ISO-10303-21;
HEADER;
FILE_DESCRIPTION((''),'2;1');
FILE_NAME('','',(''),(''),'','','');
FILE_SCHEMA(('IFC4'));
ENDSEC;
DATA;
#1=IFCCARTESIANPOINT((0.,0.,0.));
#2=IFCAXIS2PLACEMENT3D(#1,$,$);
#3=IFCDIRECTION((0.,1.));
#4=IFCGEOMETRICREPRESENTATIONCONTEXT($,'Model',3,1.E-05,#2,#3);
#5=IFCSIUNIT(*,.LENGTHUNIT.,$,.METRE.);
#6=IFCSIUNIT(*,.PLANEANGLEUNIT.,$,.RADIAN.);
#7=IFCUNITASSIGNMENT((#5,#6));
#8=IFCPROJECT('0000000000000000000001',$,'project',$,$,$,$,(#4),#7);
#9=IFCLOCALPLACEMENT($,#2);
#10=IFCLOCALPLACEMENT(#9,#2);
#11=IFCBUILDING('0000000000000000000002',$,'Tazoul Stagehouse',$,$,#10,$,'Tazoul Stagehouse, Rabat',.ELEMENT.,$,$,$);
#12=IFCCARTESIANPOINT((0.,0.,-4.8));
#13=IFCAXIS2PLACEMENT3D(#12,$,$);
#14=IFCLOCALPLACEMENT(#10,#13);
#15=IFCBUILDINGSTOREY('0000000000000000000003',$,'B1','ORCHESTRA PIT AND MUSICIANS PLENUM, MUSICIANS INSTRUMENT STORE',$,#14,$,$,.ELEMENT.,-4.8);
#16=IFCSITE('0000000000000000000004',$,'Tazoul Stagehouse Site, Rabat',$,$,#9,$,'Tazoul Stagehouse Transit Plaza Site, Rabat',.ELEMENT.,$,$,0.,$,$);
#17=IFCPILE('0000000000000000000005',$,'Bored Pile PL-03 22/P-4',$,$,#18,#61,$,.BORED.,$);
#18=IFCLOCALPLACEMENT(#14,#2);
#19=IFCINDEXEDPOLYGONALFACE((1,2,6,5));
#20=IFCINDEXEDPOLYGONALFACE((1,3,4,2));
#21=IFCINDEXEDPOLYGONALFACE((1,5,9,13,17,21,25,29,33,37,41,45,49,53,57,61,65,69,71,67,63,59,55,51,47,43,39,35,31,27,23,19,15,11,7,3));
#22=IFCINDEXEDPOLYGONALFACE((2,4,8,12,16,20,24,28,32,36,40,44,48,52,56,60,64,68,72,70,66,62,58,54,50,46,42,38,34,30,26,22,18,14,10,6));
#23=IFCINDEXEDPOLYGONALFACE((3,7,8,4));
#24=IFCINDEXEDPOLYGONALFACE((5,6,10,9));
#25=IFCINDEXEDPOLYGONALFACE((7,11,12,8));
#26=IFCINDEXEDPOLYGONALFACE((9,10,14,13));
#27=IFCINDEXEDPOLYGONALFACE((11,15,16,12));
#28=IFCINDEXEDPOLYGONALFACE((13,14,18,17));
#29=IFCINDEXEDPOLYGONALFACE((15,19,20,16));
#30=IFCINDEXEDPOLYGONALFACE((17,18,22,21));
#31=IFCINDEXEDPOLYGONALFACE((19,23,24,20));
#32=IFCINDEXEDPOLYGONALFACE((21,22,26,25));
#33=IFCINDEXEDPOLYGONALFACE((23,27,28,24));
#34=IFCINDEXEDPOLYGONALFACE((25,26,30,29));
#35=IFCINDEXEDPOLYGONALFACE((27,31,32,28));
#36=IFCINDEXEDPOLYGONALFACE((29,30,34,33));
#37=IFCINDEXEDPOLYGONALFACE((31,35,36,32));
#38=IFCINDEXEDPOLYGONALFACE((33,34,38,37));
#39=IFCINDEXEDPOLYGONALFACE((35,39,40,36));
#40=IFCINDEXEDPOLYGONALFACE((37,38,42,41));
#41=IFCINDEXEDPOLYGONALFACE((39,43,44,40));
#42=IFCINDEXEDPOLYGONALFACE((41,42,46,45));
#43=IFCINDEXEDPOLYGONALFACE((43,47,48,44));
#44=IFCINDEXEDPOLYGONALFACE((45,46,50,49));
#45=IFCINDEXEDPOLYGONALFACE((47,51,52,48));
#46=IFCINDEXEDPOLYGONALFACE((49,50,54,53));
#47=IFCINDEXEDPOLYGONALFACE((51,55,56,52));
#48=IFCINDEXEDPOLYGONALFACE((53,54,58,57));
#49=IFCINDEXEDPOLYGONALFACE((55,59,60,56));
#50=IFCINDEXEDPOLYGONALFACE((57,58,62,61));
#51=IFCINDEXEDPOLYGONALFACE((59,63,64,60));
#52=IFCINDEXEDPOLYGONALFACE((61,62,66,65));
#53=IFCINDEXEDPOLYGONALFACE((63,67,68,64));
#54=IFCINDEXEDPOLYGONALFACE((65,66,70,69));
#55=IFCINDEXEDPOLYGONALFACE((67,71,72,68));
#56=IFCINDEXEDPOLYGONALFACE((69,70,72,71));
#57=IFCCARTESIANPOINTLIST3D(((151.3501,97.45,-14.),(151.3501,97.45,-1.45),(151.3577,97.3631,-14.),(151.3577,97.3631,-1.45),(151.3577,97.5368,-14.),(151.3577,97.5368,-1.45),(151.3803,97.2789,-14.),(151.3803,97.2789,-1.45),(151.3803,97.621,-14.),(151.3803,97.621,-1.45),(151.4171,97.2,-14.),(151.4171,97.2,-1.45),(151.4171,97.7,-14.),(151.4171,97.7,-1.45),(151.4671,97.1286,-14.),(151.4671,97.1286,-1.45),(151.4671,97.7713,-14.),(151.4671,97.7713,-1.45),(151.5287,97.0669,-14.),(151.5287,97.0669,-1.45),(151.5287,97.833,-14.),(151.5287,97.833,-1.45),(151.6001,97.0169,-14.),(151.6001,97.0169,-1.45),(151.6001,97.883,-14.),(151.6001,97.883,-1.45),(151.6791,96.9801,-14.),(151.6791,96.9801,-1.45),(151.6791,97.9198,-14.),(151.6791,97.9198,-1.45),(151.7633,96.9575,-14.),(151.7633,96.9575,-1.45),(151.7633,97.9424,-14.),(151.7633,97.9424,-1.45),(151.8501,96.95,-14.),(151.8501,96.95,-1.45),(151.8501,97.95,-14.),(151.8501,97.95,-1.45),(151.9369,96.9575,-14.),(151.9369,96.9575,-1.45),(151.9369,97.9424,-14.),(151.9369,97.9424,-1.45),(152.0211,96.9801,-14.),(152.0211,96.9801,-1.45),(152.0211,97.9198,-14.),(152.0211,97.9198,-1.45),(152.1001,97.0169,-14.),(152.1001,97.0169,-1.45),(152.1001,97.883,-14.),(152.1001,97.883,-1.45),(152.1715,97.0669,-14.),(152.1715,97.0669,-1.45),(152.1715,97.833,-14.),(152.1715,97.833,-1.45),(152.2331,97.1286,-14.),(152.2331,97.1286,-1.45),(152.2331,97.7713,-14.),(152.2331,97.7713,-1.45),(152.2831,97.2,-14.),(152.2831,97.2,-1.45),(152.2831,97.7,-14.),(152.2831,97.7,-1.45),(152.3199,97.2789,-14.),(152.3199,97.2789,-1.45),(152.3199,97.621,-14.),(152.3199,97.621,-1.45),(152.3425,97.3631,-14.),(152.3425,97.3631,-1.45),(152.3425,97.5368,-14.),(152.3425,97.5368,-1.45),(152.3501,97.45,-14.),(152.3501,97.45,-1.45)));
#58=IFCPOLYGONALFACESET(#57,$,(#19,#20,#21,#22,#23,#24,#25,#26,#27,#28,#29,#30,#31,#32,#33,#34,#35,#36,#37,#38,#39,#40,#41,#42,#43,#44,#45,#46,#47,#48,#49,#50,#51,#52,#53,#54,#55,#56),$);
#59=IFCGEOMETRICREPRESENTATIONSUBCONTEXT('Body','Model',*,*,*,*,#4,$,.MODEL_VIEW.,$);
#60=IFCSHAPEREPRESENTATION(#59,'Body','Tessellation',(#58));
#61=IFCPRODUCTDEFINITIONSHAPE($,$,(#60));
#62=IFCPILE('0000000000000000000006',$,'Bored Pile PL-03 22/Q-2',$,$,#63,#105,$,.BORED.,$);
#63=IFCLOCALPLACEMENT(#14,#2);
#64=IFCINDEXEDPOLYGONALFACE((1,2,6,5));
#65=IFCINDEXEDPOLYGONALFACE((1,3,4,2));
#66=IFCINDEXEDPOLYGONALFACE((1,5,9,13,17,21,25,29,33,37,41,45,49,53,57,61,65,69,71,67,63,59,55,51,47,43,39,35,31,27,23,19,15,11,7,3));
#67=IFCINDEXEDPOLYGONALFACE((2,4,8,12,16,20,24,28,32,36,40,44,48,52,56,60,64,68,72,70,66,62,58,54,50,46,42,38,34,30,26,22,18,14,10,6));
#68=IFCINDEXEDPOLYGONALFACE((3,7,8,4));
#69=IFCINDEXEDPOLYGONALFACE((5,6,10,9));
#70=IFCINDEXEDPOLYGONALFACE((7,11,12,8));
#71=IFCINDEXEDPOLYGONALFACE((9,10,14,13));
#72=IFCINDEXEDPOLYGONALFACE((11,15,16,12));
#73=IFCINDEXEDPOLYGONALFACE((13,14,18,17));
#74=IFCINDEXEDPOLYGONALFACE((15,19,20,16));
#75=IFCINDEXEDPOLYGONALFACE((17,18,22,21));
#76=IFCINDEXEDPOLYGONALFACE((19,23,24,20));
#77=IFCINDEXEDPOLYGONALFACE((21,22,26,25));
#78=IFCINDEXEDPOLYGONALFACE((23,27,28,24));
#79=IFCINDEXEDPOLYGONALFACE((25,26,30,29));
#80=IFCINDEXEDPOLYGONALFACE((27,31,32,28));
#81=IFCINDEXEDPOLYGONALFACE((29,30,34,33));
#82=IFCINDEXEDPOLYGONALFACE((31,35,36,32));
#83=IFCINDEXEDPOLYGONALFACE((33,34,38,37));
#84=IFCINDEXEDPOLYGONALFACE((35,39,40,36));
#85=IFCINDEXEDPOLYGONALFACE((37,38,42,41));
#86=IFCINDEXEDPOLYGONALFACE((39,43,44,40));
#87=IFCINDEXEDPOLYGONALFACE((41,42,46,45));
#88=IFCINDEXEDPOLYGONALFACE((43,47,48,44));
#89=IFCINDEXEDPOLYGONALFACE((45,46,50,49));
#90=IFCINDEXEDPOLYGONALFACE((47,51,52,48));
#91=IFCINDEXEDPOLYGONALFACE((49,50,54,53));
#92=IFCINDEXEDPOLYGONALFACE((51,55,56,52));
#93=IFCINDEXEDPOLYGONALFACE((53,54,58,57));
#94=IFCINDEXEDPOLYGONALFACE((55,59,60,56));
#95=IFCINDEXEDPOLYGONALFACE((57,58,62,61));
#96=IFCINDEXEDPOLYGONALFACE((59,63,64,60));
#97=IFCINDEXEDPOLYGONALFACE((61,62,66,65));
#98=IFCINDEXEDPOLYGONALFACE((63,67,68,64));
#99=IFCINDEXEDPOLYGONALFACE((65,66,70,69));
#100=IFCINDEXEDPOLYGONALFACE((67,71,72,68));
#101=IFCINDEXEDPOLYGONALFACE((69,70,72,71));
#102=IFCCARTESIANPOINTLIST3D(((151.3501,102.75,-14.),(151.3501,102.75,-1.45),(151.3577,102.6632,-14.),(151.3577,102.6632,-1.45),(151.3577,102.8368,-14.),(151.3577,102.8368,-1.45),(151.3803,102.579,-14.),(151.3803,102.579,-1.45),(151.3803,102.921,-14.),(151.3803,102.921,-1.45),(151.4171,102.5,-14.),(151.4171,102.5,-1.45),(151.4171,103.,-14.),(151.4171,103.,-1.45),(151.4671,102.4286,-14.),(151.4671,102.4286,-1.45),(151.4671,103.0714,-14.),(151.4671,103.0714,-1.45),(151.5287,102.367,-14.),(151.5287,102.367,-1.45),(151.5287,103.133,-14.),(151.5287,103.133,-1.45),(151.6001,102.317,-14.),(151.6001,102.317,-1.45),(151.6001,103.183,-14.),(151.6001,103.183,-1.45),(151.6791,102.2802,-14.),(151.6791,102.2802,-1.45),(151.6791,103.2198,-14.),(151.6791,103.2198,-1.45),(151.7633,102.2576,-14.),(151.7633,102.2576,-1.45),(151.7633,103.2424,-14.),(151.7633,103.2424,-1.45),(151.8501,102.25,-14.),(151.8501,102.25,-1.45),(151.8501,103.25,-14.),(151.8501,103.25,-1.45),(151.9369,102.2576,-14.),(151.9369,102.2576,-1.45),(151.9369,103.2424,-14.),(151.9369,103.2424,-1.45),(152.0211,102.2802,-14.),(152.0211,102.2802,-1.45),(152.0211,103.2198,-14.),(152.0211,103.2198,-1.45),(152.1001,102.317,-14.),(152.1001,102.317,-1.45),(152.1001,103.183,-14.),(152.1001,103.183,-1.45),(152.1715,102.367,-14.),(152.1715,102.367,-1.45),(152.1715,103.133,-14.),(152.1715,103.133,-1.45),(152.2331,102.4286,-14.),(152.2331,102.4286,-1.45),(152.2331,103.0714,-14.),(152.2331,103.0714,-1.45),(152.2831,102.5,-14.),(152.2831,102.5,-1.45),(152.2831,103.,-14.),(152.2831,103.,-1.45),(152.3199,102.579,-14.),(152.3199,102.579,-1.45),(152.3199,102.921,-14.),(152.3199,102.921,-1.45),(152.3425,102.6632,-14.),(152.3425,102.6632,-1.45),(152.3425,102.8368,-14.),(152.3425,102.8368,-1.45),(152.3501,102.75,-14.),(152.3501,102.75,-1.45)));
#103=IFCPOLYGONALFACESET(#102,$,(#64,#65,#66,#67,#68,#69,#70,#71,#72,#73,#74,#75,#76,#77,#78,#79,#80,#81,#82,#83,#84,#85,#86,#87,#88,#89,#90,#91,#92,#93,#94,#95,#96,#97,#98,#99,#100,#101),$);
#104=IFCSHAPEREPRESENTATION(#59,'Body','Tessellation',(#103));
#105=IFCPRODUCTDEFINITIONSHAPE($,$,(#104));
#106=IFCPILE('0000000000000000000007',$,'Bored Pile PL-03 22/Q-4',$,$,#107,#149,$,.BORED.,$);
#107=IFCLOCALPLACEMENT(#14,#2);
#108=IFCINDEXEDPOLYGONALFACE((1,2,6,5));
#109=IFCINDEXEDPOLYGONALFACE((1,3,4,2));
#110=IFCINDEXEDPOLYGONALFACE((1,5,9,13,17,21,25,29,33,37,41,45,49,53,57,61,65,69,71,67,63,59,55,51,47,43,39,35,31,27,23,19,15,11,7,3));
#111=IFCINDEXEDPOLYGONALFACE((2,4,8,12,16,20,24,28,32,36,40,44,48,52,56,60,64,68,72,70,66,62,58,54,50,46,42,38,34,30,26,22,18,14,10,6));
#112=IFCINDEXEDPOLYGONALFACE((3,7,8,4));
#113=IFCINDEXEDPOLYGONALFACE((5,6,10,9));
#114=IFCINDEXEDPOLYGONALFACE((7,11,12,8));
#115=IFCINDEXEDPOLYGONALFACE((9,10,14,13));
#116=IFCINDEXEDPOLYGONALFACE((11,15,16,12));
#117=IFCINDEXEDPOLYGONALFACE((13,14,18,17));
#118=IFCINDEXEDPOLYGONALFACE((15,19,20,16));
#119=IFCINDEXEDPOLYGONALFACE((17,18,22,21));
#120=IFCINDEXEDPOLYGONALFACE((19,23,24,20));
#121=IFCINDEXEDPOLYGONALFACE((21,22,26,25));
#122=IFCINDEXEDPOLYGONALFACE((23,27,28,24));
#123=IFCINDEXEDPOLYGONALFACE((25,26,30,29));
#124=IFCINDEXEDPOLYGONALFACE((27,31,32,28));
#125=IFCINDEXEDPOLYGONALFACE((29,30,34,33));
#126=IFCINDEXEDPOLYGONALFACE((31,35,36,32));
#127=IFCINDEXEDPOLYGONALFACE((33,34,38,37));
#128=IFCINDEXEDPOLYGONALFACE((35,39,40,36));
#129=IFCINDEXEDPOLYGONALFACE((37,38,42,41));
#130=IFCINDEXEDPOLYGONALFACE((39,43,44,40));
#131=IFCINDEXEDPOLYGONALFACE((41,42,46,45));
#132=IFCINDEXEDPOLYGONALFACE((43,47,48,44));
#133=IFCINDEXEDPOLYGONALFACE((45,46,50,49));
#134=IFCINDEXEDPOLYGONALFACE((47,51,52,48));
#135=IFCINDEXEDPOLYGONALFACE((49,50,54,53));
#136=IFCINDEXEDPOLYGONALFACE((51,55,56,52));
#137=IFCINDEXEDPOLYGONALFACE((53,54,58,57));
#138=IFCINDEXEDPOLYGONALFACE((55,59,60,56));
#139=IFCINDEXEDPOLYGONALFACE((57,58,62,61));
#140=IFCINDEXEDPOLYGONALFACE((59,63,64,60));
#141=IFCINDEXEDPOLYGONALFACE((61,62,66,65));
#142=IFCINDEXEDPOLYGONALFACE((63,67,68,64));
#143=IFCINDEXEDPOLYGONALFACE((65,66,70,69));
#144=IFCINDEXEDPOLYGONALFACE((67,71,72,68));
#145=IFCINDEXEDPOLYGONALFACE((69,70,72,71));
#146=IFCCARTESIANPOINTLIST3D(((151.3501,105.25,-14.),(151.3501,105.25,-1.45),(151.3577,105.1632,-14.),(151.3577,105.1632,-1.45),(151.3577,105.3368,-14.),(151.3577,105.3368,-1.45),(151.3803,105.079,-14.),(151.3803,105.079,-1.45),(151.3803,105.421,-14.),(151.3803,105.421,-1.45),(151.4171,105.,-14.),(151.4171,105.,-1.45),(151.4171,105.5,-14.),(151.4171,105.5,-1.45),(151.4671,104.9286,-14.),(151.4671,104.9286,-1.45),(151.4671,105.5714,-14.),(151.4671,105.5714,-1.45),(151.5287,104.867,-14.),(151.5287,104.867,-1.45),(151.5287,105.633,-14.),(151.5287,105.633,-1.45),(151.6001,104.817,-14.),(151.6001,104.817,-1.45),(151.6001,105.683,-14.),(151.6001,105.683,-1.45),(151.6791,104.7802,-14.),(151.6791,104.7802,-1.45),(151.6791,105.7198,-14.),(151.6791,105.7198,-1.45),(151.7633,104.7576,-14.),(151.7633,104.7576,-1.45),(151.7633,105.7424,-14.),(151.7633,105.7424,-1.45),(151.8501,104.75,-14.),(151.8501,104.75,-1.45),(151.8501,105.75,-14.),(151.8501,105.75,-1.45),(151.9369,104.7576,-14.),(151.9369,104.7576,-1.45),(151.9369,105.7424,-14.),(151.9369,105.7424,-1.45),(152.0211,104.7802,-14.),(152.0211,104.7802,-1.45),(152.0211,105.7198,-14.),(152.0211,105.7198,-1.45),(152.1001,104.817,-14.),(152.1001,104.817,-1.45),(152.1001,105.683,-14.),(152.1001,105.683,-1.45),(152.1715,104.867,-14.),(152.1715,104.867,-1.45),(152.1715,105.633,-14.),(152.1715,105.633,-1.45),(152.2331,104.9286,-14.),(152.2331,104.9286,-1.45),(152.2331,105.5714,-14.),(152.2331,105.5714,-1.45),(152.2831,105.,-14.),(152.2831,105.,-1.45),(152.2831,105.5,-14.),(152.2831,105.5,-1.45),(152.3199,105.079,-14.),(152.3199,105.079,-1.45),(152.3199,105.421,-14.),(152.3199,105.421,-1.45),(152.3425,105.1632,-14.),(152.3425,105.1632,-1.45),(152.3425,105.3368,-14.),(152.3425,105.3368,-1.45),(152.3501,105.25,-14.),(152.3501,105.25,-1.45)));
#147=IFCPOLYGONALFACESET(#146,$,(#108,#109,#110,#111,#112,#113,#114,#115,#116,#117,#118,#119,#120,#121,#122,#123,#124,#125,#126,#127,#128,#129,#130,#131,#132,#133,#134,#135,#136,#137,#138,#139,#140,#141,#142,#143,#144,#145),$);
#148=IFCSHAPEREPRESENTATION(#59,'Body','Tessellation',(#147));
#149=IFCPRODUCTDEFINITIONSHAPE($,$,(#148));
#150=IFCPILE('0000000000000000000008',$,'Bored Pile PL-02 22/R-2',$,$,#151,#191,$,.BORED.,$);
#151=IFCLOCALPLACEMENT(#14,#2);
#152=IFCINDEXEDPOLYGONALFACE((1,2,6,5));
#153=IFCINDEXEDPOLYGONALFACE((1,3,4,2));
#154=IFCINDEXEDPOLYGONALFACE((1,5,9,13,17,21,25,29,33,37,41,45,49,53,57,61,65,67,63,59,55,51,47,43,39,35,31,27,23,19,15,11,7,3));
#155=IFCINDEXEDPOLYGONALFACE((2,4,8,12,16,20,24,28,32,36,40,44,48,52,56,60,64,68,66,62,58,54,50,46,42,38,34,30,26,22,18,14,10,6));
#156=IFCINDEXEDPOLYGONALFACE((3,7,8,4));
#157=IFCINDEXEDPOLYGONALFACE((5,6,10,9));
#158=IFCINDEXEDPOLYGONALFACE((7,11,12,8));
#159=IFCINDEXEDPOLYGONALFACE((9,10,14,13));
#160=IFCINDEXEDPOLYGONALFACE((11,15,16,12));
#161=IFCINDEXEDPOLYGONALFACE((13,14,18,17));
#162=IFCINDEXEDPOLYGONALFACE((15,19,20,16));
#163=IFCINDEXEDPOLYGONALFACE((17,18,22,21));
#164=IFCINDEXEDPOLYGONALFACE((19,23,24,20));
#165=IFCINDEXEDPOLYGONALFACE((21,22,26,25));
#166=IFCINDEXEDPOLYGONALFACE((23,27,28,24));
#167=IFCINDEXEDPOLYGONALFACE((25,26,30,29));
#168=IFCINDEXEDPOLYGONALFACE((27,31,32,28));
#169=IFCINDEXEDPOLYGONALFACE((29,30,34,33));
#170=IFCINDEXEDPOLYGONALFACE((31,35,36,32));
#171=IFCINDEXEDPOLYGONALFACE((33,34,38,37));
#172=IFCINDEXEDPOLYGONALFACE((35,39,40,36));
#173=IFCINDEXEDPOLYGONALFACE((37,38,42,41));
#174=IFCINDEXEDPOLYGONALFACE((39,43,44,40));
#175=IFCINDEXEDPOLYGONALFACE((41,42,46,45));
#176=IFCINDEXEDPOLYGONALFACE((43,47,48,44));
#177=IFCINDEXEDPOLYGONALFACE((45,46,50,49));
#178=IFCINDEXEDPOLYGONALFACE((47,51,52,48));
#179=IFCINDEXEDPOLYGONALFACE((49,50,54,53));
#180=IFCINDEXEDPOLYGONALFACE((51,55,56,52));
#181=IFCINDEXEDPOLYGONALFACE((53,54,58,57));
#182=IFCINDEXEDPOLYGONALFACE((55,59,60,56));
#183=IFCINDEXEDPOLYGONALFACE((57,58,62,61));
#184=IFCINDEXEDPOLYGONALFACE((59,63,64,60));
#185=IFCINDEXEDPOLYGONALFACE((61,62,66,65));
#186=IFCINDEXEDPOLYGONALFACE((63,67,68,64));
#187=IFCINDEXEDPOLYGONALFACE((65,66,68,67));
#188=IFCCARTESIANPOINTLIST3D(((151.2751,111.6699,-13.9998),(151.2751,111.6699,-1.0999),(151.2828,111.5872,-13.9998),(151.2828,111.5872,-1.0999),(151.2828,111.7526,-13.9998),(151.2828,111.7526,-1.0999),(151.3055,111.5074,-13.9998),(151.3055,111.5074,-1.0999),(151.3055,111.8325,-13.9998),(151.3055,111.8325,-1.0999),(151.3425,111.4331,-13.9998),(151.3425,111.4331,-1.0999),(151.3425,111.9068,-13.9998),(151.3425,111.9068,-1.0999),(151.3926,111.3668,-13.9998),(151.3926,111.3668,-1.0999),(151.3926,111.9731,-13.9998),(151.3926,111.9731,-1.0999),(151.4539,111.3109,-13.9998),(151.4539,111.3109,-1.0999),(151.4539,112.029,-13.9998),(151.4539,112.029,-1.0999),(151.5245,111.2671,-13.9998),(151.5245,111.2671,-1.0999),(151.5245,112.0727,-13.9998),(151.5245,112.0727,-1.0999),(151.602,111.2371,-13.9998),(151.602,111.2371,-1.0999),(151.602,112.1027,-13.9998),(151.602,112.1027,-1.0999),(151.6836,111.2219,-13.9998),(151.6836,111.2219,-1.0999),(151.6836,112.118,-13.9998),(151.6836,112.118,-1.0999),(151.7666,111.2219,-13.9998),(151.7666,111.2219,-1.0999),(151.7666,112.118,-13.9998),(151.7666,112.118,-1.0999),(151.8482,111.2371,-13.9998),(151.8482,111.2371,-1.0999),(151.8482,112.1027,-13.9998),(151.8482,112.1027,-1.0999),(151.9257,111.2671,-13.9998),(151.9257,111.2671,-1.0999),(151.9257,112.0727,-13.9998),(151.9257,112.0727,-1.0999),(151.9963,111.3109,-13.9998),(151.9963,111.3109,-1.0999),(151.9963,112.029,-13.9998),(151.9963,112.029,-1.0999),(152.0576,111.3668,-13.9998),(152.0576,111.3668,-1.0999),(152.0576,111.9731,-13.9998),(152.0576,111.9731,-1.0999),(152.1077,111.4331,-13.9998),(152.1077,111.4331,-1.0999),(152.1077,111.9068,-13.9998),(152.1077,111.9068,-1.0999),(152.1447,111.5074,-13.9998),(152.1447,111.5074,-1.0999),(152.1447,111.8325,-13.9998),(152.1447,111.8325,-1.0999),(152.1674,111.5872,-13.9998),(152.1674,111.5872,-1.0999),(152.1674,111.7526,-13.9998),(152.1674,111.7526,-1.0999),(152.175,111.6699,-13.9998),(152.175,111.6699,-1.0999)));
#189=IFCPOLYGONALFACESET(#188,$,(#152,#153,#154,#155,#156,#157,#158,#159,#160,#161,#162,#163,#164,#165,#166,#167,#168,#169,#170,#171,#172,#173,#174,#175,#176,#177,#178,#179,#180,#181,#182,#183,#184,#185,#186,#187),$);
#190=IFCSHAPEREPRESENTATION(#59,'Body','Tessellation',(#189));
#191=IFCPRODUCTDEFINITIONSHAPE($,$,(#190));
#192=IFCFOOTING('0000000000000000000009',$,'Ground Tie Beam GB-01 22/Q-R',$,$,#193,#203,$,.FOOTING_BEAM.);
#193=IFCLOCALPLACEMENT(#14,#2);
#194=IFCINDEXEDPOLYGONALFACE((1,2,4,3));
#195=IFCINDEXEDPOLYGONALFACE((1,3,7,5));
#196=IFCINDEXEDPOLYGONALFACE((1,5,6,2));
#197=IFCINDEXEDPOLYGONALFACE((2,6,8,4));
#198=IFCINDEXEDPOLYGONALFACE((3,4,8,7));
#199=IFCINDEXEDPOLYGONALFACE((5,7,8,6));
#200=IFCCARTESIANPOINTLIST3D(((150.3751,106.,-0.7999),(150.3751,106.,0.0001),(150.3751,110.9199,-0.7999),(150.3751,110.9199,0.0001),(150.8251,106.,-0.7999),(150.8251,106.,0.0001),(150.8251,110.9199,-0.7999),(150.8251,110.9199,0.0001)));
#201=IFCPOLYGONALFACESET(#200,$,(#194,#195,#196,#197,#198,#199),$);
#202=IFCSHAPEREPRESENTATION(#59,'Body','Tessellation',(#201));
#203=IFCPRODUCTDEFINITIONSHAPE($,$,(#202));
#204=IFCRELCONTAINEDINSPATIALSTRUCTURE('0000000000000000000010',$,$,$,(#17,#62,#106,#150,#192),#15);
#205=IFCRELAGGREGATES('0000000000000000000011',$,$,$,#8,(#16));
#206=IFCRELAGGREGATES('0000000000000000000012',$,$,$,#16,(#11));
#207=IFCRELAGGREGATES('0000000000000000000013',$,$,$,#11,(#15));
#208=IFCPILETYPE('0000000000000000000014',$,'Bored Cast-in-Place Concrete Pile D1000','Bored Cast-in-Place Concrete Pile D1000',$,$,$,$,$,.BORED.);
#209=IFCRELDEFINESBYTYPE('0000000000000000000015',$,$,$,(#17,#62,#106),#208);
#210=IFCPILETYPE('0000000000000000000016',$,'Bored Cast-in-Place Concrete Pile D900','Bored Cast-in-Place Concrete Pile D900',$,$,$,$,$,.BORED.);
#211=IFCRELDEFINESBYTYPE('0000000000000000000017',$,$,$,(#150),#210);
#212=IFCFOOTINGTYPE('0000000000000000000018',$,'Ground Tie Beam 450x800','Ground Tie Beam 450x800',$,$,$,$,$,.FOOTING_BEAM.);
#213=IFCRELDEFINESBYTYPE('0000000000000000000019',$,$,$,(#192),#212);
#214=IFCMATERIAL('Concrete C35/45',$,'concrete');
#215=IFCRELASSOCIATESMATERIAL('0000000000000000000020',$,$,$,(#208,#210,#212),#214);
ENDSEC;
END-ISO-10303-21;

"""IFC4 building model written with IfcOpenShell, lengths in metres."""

from ifc_helpers import new_model, si_unit, direction, frame, origin, origin_2d, place, context, subcontext, project, spatial, rectangle, circle, extrude, material, material_profile, profile_set, type_object, element, save


model = new_model("IFC4")

# Units and contexts
model_context = context("Model", 3, precision=1e-05, world=origin(), true_north=direction((0.0, 1.0)))
body_context = subcontext(model_context, "Body", "Model", "MODEL_VIEW")
ifc_project = project(units=[si_unit("LENGTHUNIT", "METRE"), si_unit("PLANEANGLEUNIT", "RADIAN")], contexts=[model_context])

# Site, building, storey
site_placement = place(None, origin())
site = spatial("IfcSite", under=ifc_project, at=site_placement, Name="Tazoul Stagehouse Site, Rabat", LongName="Tazoul Stagehouse Transit Plaza Site, Rabat", CompositionType="ELEMENT", RefElevation=0.0)
building_placement = place(site_placement, origin())
building = spatial("IfcBuilding", under=site, at=building_placement, Name="Tazoul Stagehouse", LongName="Tazoul Stagehouse, Rabat", CompositionType="ELEMENT")
storey_placement = place(building_placement, frame((0.0, 0.0, -4.8)))
storey = spatial("IfcBuildingStorey", under=building, at=storey_placement, Name="B1", Description="ORCHESTRA PIT AND MUSICIANS PLENUM, MUSICIANS INSTRUMENT STORE", CompositionType="ELEMENT", Elevation=-4.8)

# Piles
ifc_material_1 = material(Name="Concrete C35/45", Category="concrete")
ifc_material_profile_1 = material_profile(ifc_material_1, circle(Radius=0.5, at=origin_2d()), Name="BORED PILE 1000")
ifc_profile_set_1 = profile_set([ifc_material_profile_1], Name="Concrete C35/45")
pile_type_1 = type_object("IfcPileType", Name="Bored Cast-in-Place Concrete Pile D1000", Description="Bored Cast-in-Place Concrete Pile D1000", PredefinedType="BORED", material=ifc_profile_set_1)
for number, where, z_axis, x_axis, name in (
    (1, (151.8501, 97.45, -1.45), (0.0, 0.0, -1.0), (1.0, 0.0, 0.0), "Bored Pile PL-03 22/P-4"),
    (2, (151.8501, 102.75, -1.45), (0.0, 0.0, -1.0), (1.0, 0.0, 0.0), "Bored Pile PL-03 22/Q-2"),
    (3, (151.8501, 105.25, -1.45), (0.0, 0.0, -1.0), (1.0, 0.0, 0.0), "Bored Pile PL-03 22/Q-4"),
):
    element("IfcPile", number, at=place(storey_placement, frame(where, z_axis=z_axis, x_axis=x_axis)), inside=storey, type_object=pile_type_1, Name=name, PredefinedType="BORED", context=body_context, shape_type="SweptSolid", body=[
        extrude(circle(Radius=0.5, at=origin_2d()), origin(), (0.0, 0.0, 1.0), 12.55),
    ])
ifc_material_profile_2 = material_profile(ifc_material_1, circle(Radius=0.45, at=origin_2d()), Name="BORED PILE 900")
ifc_profile_set_2 = profile_set([ifc_material_profile_2], Name="Concrete C35/45")
pile_type_2 = type_object("IfcPileType", Name="Bored Cast-in-Place Concrete Pile D900", Description="Bored Cast-in-Place Concrete Pile D900", PredefinedType="BORED", material=ifc_profile_set_2)
pile_placement = place(storey_placement, frame((151.7251, 111.6699, -1.0999), z_axis=(0.0, 0.0, -1.0), x_axis=(1.0, 0.0, 0.0)))
element("IfcPile", 4, at=pile_placement, inside=storey, type_object=pile_type_2, Name="Bored Pile PL-02 22/R-2", PredefinedType="BORED", context=body_context, shape_type="SweptSolid", body=[
    extrude(circle(Radius=0.45, at=origin_2d()), origin(), (0.0, 0.0, 1.0), 12.8999),
])

# Footing
ifc_material_profile_3 = material_profile(ifc_material_1, rectangle(XDim=0.45, YDim=0.8, at=origin_2d()), Name="RC 450x800")
ifc_profile_set_3 = profile_set([ifc_material_profile_3], Name="Concrete C35/45")
footing_type_1 = type_object("IfcFootingType", Name="Ground Tie Beam 450x800", Description="Ground Tie Beam 450x800", PredefinedType="FOOTING_BEAM", material=ifc_profile_set_3)
footing_1_placement = place(storey_placement, frame((150.6001, 106.0, -0.3999), z_axis=(0.0, 1.0, 0.0), x_axis=(-1.0, 0.0, 0.0)))
element("IfcFooting", 5, at=footing_1_placement, inside=storey, type_object=footing_type_1, Name="Ground Tie Beam GB-01 22/Q-R", PredefinedType="FOOTING_BEAM", context=body_context, shape_type="SweptSolid", body=[
    extrude(rectangle(XDim=0.45, YDim=0.8, at=origin_2d()), origin(), (0.0, 0.0, 1.0), 4.9199),
])

save(model, "model.ifc")
